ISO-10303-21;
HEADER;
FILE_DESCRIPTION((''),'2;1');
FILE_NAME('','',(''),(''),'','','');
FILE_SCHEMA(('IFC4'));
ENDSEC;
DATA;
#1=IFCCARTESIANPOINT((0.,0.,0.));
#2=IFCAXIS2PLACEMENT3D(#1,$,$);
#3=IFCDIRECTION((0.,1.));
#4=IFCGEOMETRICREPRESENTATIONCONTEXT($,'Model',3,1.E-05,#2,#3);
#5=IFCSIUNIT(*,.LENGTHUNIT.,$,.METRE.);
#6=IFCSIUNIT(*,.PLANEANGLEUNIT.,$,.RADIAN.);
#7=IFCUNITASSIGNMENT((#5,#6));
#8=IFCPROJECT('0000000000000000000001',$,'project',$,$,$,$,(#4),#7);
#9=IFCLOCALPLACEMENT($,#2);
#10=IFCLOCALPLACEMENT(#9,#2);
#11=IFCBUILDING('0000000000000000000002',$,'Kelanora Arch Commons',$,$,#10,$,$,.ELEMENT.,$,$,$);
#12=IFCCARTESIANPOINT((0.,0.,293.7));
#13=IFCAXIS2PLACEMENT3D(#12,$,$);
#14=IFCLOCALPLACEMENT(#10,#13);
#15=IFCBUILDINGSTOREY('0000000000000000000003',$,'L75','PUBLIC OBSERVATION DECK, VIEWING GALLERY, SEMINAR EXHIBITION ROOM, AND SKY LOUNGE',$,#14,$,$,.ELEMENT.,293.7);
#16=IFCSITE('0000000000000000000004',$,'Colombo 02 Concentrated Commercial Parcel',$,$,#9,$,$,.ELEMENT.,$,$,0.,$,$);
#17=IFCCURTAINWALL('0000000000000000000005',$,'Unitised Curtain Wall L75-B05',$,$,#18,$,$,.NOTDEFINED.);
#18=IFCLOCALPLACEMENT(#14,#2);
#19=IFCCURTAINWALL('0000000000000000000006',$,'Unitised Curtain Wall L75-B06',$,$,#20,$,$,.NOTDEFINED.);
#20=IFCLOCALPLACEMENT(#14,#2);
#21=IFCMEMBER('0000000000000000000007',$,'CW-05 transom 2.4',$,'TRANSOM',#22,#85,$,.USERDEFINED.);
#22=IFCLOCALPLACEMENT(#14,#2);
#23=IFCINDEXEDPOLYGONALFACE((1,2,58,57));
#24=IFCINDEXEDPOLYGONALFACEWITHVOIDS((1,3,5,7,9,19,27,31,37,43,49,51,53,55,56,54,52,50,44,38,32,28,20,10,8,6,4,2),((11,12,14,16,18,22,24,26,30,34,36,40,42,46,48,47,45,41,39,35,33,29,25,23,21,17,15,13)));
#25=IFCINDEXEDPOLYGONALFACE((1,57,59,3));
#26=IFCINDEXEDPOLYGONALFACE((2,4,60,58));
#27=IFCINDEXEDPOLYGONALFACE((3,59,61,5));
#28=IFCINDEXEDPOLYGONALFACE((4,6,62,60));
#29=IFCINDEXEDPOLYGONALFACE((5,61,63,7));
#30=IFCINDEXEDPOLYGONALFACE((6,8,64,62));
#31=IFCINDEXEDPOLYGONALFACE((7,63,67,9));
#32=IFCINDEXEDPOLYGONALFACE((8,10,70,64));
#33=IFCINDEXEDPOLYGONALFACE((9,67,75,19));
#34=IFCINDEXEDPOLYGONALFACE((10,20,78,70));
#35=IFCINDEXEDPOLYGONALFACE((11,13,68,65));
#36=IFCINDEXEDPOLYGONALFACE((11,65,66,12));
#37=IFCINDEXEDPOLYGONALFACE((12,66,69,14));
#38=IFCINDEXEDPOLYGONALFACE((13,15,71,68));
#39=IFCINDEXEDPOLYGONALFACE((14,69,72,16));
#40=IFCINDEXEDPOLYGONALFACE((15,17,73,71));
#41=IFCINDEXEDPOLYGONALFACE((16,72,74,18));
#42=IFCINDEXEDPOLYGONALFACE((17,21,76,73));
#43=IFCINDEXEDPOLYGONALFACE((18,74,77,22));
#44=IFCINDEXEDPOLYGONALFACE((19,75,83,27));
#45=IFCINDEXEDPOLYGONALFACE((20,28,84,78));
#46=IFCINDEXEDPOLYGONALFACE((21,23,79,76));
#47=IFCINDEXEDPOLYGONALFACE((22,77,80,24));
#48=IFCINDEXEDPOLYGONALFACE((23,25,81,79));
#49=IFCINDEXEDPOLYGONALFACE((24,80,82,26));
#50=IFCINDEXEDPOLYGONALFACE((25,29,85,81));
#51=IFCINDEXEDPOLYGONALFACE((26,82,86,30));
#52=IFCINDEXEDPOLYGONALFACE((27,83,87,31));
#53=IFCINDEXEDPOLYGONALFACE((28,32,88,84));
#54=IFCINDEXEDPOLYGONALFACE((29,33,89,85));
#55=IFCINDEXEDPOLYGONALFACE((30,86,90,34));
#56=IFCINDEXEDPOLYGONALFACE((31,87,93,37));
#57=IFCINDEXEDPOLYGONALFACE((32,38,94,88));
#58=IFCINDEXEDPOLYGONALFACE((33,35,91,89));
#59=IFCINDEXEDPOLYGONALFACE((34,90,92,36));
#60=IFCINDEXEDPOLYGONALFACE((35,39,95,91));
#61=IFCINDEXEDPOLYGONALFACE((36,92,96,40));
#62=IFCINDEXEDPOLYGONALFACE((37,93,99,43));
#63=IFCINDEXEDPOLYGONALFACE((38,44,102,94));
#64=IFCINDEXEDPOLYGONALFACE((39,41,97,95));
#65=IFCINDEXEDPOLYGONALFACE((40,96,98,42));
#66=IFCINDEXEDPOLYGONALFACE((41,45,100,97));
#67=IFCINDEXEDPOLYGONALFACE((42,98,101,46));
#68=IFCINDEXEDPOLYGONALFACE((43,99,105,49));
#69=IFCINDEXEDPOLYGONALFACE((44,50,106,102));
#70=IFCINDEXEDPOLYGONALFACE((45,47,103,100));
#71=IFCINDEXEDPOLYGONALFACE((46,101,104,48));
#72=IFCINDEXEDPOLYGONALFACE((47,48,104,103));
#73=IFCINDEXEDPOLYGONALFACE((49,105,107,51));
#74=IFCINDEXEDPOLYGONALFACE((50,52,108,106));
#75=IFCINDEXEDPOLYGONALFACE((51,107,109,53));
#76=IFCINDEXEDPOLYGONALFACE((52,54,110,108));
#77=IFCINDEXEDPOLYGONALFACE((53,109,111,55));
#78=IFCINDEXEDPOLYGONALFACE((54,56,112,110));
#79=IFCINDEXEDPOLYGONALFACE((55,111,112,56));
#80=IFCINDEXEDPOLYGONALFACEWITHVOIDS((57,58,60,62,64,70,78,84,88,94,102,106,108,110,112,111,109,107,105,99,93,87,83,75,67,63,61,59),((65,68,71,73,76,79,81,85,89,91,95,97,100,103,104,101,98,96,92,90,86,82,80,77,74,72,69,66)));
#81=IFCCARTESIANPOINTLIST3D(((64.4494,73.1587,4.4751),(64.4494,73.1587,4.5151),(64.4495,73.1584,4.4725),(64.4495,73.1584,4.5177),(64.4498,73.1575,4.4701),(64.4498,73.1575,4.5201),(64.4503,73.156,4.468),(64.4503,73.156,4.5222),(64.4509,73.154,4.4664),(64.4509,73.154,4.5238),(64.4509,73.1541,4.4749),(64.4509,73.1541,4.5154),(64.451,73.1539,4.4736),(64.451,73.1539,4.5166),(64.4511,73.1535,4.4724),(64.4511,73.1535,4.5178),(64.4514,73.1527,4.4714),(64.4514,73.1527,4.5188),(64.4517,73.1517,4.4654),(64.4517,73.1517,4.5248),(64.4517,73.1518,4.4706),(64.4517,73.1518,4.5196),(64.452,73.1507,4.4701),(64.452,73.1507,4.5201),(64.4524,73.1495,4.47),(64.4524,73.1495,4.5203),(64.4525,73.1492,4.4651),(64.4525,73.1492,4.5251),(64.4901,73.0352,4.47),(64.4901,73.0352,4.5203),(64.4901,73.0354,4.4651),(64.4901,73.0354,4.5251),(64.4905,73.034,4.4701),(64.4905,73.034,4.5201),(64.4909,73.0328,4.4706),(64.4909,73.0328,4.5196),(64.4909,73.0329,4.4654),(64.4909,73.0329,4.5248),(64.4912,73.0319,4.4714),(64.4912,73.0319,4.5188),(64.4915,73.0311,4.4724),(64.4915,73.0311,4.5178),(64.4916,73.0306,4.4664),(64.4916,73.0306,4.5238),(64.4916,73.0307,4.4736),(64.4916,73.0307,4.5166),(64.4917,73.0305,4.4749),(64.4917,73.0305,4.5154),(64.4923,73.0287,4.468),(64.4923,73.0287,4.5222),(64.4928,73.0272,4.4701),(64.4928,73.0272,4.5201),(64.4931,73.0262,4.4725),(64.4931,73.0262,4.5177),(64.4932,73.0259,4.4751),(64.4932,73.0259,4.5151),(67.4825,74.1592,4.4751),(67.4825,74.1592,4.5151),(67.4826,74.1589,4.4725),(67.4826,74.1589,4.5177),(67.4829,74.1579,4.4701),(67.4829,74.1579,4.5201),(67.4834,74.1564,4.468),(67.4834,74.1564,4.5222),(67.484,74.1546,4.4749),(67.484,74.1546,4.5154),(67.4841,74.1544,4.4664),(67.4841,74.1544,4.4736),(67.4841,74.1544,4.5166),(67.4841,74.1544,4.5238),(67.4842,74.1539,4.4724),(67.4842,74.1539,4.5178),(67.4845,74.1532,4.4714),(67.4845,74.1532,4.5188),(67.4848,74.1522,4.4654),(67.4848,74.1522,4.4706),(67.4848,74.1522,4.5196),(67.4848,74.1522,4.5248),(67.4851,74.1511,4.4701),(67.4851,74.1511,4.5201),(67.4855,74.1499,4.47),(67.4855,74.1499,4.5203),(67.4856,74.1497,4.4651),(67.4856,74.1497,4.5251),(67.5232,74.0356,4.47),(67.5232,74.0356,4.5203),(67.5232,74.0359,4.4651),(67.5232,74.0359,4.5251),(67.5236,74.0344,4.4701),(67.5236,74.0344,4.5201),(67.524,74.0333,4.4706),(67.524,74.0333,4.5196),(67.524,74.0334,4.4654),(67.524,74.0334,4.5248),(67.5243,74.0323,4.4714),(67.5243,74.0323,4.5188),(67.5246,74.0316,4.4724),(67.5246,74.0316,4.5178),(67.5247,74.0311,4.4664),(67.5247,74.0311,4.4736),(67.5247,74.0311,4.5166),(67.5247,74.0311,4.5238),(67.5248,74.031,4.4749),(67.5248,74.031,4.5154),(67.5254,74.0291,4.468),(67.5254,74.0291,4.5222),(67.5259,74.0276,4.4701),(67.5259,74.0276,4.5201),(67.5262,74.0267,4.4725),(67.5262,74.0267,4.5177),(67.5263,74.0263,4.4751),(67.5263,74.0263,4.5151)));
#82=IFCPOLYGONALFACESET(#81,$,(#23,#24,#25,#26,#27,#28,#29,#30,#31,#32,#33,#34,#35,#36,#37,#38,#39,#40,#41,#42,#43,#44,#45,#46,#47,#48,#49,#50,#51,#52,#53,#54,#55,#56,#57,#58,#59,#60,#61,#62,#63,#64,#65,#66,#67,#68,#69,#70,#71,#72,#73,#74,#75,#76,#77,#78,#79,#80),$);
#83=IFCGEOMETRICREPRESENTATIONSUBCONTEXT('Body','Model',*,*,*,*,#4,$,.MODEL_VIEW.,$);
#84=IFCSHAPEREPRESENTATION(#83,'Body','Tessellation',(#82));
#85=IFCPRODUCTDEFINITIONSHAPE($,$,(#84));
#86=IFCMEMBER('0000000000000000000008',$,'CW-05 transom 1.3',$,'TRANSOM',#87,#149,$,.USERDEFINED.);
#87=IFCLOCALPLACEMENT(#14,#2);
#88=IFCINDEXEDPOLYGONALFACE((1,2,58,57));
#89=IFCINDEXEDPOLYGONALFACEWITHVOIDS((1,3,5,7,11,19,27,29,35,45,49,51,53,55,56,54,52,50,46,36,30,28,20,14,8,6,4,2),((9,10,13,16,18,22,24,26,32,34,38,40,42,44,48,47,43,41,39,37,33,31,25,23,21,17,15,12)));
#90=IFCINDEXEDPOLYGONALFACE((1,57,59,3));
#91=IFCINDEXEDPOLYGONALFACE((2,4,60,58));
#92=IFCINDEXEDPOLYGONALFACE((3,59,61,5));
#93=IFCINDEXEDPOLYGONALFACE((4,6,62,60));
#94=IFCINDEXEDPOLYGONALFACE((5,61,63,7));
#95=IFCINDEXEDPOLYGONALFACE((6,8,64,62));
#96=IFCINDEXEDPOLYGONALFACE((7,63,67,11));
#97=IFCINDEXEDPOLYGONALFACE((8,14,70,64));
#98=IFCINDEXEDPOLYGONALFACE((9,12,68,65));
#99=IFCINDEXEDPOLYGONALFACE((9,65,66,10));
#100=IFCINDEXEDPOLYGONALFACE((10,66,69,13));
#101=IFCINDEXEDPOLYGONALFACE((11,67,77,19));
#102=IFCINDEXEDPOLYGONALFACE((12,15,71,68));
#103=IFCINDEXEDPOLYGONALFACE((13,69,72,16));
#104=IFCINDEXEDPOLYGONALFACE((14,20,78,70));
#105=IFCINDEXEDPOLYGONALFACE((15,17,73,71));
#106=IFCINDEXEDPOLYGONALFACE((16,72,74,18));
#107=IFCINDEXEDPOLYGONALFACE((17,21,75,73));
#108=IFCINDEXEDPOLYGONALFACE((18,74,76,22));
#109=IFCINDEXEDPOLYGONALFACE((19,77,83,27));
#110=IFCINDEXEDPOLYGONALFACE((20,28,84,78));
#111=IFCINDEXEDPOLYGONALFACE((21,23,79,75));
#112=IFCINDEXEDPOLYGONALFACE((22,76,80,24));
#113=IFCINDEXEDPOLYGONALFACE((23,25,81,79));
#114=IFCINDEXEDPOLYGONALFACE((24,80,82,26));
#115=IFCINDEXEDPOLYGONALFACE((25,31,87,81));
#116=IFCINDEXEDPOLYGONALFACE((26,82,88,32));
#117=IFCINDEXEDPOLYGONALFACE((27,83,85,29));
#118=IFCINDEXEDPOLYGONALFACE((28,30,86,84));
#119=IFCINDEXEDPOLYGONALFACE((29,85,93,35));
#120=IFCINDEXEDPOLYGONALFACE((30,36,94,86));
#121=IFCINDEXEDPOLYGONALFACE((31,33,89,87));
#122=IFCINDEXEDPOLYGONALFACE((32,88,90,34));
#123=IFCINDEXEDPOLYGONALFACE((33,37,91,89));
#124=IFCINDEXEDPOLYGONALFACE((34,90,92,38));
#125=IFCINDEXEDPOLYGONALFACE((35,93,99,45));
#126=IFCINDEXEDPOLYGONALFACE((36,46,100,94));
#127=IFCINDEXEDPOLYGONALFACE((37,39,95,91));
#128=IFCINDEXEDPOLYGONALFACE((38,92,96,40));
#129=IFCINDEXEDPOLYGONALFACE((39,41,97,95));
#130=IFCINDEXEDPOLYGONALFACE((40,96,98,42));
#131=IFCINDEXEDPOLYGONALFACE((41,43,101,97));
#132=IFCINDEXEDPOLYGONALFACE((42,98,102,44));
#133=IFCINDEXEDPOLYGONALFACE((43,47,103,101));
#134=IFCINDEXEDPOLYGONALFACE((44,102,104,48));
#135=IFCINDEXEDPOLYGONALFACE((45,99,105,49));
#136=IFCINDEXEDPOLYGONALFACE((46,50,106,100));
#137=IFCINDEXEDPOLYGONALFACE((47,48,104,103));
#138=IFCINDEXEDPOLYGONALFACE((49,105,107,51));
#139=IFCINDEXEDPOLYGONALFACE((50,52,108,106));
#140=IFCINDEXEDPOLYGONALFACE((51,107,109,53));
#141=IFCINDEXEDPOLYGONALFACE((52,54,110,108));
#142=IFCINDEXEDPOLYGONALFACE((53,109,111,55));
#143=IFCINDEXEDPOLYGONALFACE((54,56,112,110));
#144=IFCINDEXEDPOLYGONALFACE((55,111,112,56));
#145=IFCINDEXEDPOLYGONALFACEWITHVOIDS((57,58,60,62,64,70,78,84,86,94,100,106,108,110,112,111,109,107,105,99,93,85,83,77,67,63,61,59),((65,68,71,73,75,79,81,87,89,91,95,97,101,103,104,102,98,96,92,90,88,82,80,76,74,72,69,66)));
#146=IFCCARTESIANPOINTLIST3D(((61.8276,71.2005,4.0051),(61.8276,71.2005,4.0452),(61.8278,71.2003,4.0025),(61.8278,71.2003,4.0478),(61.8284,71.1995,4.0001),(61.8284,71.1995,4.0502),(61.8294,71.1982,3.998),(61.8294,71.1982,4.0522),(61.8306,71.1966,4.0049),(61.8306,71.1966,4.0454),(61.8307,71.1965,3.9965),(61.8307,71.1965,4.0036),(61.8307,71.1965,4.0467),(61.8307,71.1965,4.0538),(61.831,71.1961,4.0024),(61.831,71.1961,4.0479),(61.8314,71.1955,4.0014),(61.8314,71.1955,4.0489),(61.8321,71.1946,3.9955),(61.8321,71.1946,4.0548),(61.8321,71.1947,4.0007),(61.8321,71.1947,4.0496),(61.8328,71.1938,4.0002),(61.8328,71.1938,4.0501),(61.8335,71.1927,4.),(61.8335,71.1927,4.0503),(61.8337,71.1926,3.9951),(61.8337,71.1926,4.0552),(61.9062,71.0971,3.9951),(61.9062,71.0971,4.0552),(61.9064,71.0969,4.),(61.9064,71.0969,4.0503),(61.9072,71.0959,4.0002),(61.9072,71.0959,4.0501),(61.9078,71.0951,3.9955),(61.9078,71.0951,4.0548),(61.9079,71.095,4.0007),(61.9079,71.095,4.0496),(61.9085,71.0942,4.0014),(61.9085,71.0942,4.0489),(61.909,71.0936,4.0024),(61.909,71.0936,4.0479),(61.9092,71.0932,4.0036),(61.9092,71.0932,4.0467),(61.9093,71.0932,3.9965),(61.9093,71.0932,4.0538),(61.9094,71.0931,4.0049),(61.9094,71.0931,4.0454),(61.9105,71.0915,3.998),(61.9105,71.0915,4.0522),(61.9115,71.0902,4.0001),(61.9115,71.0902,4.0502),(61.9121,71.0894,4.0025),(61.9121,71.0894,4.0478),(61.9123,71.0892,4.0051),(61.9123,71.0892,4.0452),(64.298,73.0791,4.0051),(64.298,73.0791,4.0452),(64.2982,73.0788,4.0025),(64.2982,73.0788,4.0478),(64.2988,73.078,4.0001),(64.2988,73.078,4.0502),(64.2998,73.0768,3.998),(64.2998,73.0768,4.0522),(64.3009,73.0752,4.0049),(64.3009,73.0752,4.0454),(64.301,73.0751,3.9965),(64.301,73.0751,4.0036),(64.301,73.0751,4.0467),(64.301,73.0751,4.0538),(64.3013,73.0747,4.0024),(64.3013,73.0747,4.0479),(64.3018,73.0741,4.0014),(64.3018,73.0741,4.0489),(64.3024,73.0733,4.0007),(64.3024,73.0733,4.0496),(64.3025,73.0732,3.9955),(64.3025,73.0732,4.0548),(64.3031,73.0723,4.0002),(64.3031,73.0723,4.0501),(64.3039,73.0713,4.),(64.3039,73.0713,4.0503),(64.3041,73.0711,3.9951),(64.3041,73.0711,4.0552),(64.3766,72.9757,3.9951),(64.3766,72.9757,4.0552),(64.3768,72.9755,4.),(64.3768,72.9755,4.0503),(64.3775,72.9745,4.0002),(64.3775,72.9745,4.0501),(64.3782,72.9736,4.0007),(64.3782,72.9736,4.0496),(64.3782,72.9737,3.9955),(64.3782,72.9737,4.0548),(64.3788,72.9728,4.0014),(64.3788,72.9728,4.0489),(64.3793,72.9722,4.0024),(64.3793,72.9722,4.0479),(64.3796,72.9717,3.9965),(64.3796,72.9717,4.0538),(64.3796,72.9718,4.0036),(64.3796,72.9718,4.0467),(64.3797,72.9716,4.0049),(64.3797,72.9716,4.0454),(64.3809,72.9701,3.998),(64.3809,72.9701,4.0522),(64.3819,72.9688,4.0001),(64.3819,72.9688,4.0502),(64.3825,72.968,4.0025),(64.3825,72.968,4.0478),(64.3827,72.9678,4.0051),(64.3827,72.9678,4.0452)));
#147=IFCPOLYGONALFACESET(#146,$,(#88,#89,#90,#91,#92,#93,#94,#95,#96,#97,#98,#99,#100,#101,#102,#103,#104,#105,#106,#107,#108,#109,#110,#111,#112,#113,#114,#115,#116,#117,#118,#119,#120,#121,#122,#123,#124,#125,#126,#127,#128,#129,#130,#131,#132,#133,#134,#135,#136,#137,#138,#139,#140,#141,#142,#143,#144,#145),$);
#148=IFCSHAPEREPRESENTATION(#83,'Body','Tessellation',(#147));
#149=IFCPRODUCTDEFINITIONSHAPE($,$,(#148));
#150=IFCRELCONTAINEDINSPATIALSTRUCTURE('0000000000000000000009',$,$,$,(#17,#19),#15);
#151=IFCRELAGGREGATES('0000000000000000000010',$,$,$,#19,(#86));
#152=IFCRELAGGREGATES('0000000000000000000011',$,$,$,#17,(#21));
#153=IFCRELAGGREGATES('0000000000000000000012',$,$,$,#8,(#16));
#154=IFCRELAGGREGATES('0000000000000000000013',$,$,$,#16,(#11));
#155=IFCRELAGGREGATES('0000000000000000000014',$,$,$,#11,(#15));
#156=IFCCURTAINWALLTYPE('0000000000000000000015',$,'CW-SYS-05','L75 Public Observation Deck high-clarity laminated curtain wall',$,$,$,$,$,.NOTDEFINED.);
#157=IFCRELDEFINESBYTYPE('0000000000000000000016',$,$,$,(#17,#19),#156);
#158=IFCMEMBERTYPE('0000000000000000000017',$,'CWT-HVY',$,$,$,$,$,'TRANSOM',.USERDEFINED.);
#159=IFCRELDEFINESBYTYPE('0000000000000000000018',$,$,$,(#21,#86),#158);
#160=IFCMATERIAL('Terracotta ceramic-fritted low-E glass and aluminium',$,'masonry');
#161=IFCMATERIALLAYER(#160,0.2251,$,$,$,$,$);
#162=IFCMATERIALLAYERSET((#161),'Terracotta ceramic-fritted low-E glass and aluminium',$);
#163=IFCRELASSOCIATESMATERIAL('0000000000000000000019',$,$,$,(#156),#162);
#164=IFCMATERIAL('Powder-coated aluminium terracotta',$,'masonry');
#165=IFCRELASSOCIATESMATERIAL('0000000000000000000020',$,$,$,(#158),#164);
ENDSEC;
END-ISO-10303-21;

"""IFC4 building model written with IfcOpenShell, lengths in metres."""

from ifc_helpers import new_model, si_unit, direction, frame, origin, origin_2d, place, context, subcontext, project, spatial, hollow_rectangle, extrude, material, layer, layer_set, material_profile, profile_set, type_object, element, aggregate, save


model = new_model("IFC4")

# Units and contexts
model_context = context("Model", 3, precision=1e-05, world=origin(), true_north=direction((0.0, 1.0)))
body_context = subcontext(model_context, "Body", "Model", "MODEL_VIEW")
ifc_project = project(units=[si_unit("LENGTHUNIT", "METRE"), si_unit("PLANEANGLEUNIT", "RADIAN")], contexts=[model_context])

# Site, building, storey
site_placement = place(None, origin())
site = spatial("IfcSite", under=ifc_project, at=site_placement, Name="Colombo 02 Concentrated Commercial Parcel", CompositionType="ELEMENT", RefElevation=0.0)
building_placement = place(site_placement, origin())
building = spatial("IfcBuilding", under=site, at=building_placement, Name="Kelanora Arch Commons", CompositionType="ELEMENT")
storey_placement = place(building_placement, frame((0.0, 0.0, 293.7)))
storey = spatial("IfcBuildingStorey", under=building, at=storey_placement, Name="L75", Description="PUBLIC OBSERVATION DECK, VIEWING GALLERY, SEMINAR EXHIBITION ROOM, AND SKY LOUNGE", CompositionType="ELEMENT", Elevation=293.7)

# Shared definitions
ifc_material_1 = material(Name="Terracotta ceramic-fritted low-E glass and aluminium", Category="masonry")
ifc_layer_1 = layer(ifc_material_1, 0.2251)
ifc_layer_set_1 = layer_set([ifc_layer_1], Name="Terracotta ceramic-fritted low-E glass and aluminium")
curtain_wall_type = type_object("IfcCurtainWallType", Name="CW-SYS-05", Description="L75 Public Observation Deck high-clarity laminated curtain wall", PredefinedType="NOTDEFINED", material=ifc_layer_set_1)
ifc_material_2 = material(Name="Powder-coated aluminium terracotta", Category="masonry")

# Curtain wall
curtain_wall_1_placement = place(storey_placement, origin())
curtain_wall_1 = element("IfcCurtainWall", 1, at=curtain_wall_1_placement, inside=storey, type_object=curtain_wall_type, Name="Unitised Curtain Wall L75-B05", PredefinedType="NOTDEFINED")

# Curtain wall
curtain_wall_2_placement = place(storey_placement, origin())
curtain_wall_2 = element("IfcCurtainWall", 2, at=curtain_wall_2_placement, inside=storey, type_object=curtain_wall_type, Name="Unitised Curtain Wall L75-B06", PredefinedType="NOTDEFINED")

# Members
ifc_material_profile_1 = material_profile(ifc_material_2, hollow_rectangle(XDim=0.1399, YDim=0.0601, WallThickness=0.0049, InnerFilletRadius=0.0049, OuterFilletRadius=0.01, at=origin_2d()), Name="CWT140x60")
ifc_profile_set_1 = profile_set([ifc_material_profile_1], Name="Powder-coated aluminium terracotta")
member_type_1 = type_object("IfcMemberType", Name="CWT-HVY", ElementType="TRANSOM", PredefinedType="USERDEFINED", material=ifc_profile_set_1)
member_1_placement = place(storey_placement, frame((67.5044, 74.0928, 4.4951), z_axis=(-0.949672, -0.313245, 0.0), x_axis=(0.313245, -0.949672, 0.0)))
member_1 = element("IfcMember", 3, at=member_1_placement, type_object=member_type_1, Name="CW-05 transom 2.4", ObjectType="TRANSOM", PredefinedType="USERDEFINED", context=body_context, shape_type="SweptSolid", body=[
    extrude(hollow_rectangle(XDim=0.1399, YDim=0.0601, WallThickness=0.0049, InnerFilletRadius=0.0049, OuterFilletRadius=0.01, at=origin_2d()), origin(), (0.0, 0.0, 1.0), 3.1938),
])
member_2_placement = place(storey_placement, frame((64.3403, 73.0234, 4.0251), z_axis=(-0.795989, -0.605311, 0.0), x_axis=(0.605311, -0.795989, 0.0)))
member_2 = element("IfcMember", 4, at=member_2_placement, type_object=member_type_1, Name="CW-05 transom 1.3", ObjectType="TRANSOM", PredefinedType="USERDEFINED", context=body_context, shape_type="SweptSolid", body=[
    extrude(hollow_rectangle(XDim=0.1399, YDim=0.0601, WallThickness=0.0049, InnerFilletRadius=0.0049, OuterFilletRadius=0.01, at=origin_2d()), origin(), (0.0, 0.0, 1.0), 3.1035),
])
aggregate(curtain_wall_2, [member_2])

aggregate(curtain_wall_1, [member_1])

save(model, "model.ifc")
